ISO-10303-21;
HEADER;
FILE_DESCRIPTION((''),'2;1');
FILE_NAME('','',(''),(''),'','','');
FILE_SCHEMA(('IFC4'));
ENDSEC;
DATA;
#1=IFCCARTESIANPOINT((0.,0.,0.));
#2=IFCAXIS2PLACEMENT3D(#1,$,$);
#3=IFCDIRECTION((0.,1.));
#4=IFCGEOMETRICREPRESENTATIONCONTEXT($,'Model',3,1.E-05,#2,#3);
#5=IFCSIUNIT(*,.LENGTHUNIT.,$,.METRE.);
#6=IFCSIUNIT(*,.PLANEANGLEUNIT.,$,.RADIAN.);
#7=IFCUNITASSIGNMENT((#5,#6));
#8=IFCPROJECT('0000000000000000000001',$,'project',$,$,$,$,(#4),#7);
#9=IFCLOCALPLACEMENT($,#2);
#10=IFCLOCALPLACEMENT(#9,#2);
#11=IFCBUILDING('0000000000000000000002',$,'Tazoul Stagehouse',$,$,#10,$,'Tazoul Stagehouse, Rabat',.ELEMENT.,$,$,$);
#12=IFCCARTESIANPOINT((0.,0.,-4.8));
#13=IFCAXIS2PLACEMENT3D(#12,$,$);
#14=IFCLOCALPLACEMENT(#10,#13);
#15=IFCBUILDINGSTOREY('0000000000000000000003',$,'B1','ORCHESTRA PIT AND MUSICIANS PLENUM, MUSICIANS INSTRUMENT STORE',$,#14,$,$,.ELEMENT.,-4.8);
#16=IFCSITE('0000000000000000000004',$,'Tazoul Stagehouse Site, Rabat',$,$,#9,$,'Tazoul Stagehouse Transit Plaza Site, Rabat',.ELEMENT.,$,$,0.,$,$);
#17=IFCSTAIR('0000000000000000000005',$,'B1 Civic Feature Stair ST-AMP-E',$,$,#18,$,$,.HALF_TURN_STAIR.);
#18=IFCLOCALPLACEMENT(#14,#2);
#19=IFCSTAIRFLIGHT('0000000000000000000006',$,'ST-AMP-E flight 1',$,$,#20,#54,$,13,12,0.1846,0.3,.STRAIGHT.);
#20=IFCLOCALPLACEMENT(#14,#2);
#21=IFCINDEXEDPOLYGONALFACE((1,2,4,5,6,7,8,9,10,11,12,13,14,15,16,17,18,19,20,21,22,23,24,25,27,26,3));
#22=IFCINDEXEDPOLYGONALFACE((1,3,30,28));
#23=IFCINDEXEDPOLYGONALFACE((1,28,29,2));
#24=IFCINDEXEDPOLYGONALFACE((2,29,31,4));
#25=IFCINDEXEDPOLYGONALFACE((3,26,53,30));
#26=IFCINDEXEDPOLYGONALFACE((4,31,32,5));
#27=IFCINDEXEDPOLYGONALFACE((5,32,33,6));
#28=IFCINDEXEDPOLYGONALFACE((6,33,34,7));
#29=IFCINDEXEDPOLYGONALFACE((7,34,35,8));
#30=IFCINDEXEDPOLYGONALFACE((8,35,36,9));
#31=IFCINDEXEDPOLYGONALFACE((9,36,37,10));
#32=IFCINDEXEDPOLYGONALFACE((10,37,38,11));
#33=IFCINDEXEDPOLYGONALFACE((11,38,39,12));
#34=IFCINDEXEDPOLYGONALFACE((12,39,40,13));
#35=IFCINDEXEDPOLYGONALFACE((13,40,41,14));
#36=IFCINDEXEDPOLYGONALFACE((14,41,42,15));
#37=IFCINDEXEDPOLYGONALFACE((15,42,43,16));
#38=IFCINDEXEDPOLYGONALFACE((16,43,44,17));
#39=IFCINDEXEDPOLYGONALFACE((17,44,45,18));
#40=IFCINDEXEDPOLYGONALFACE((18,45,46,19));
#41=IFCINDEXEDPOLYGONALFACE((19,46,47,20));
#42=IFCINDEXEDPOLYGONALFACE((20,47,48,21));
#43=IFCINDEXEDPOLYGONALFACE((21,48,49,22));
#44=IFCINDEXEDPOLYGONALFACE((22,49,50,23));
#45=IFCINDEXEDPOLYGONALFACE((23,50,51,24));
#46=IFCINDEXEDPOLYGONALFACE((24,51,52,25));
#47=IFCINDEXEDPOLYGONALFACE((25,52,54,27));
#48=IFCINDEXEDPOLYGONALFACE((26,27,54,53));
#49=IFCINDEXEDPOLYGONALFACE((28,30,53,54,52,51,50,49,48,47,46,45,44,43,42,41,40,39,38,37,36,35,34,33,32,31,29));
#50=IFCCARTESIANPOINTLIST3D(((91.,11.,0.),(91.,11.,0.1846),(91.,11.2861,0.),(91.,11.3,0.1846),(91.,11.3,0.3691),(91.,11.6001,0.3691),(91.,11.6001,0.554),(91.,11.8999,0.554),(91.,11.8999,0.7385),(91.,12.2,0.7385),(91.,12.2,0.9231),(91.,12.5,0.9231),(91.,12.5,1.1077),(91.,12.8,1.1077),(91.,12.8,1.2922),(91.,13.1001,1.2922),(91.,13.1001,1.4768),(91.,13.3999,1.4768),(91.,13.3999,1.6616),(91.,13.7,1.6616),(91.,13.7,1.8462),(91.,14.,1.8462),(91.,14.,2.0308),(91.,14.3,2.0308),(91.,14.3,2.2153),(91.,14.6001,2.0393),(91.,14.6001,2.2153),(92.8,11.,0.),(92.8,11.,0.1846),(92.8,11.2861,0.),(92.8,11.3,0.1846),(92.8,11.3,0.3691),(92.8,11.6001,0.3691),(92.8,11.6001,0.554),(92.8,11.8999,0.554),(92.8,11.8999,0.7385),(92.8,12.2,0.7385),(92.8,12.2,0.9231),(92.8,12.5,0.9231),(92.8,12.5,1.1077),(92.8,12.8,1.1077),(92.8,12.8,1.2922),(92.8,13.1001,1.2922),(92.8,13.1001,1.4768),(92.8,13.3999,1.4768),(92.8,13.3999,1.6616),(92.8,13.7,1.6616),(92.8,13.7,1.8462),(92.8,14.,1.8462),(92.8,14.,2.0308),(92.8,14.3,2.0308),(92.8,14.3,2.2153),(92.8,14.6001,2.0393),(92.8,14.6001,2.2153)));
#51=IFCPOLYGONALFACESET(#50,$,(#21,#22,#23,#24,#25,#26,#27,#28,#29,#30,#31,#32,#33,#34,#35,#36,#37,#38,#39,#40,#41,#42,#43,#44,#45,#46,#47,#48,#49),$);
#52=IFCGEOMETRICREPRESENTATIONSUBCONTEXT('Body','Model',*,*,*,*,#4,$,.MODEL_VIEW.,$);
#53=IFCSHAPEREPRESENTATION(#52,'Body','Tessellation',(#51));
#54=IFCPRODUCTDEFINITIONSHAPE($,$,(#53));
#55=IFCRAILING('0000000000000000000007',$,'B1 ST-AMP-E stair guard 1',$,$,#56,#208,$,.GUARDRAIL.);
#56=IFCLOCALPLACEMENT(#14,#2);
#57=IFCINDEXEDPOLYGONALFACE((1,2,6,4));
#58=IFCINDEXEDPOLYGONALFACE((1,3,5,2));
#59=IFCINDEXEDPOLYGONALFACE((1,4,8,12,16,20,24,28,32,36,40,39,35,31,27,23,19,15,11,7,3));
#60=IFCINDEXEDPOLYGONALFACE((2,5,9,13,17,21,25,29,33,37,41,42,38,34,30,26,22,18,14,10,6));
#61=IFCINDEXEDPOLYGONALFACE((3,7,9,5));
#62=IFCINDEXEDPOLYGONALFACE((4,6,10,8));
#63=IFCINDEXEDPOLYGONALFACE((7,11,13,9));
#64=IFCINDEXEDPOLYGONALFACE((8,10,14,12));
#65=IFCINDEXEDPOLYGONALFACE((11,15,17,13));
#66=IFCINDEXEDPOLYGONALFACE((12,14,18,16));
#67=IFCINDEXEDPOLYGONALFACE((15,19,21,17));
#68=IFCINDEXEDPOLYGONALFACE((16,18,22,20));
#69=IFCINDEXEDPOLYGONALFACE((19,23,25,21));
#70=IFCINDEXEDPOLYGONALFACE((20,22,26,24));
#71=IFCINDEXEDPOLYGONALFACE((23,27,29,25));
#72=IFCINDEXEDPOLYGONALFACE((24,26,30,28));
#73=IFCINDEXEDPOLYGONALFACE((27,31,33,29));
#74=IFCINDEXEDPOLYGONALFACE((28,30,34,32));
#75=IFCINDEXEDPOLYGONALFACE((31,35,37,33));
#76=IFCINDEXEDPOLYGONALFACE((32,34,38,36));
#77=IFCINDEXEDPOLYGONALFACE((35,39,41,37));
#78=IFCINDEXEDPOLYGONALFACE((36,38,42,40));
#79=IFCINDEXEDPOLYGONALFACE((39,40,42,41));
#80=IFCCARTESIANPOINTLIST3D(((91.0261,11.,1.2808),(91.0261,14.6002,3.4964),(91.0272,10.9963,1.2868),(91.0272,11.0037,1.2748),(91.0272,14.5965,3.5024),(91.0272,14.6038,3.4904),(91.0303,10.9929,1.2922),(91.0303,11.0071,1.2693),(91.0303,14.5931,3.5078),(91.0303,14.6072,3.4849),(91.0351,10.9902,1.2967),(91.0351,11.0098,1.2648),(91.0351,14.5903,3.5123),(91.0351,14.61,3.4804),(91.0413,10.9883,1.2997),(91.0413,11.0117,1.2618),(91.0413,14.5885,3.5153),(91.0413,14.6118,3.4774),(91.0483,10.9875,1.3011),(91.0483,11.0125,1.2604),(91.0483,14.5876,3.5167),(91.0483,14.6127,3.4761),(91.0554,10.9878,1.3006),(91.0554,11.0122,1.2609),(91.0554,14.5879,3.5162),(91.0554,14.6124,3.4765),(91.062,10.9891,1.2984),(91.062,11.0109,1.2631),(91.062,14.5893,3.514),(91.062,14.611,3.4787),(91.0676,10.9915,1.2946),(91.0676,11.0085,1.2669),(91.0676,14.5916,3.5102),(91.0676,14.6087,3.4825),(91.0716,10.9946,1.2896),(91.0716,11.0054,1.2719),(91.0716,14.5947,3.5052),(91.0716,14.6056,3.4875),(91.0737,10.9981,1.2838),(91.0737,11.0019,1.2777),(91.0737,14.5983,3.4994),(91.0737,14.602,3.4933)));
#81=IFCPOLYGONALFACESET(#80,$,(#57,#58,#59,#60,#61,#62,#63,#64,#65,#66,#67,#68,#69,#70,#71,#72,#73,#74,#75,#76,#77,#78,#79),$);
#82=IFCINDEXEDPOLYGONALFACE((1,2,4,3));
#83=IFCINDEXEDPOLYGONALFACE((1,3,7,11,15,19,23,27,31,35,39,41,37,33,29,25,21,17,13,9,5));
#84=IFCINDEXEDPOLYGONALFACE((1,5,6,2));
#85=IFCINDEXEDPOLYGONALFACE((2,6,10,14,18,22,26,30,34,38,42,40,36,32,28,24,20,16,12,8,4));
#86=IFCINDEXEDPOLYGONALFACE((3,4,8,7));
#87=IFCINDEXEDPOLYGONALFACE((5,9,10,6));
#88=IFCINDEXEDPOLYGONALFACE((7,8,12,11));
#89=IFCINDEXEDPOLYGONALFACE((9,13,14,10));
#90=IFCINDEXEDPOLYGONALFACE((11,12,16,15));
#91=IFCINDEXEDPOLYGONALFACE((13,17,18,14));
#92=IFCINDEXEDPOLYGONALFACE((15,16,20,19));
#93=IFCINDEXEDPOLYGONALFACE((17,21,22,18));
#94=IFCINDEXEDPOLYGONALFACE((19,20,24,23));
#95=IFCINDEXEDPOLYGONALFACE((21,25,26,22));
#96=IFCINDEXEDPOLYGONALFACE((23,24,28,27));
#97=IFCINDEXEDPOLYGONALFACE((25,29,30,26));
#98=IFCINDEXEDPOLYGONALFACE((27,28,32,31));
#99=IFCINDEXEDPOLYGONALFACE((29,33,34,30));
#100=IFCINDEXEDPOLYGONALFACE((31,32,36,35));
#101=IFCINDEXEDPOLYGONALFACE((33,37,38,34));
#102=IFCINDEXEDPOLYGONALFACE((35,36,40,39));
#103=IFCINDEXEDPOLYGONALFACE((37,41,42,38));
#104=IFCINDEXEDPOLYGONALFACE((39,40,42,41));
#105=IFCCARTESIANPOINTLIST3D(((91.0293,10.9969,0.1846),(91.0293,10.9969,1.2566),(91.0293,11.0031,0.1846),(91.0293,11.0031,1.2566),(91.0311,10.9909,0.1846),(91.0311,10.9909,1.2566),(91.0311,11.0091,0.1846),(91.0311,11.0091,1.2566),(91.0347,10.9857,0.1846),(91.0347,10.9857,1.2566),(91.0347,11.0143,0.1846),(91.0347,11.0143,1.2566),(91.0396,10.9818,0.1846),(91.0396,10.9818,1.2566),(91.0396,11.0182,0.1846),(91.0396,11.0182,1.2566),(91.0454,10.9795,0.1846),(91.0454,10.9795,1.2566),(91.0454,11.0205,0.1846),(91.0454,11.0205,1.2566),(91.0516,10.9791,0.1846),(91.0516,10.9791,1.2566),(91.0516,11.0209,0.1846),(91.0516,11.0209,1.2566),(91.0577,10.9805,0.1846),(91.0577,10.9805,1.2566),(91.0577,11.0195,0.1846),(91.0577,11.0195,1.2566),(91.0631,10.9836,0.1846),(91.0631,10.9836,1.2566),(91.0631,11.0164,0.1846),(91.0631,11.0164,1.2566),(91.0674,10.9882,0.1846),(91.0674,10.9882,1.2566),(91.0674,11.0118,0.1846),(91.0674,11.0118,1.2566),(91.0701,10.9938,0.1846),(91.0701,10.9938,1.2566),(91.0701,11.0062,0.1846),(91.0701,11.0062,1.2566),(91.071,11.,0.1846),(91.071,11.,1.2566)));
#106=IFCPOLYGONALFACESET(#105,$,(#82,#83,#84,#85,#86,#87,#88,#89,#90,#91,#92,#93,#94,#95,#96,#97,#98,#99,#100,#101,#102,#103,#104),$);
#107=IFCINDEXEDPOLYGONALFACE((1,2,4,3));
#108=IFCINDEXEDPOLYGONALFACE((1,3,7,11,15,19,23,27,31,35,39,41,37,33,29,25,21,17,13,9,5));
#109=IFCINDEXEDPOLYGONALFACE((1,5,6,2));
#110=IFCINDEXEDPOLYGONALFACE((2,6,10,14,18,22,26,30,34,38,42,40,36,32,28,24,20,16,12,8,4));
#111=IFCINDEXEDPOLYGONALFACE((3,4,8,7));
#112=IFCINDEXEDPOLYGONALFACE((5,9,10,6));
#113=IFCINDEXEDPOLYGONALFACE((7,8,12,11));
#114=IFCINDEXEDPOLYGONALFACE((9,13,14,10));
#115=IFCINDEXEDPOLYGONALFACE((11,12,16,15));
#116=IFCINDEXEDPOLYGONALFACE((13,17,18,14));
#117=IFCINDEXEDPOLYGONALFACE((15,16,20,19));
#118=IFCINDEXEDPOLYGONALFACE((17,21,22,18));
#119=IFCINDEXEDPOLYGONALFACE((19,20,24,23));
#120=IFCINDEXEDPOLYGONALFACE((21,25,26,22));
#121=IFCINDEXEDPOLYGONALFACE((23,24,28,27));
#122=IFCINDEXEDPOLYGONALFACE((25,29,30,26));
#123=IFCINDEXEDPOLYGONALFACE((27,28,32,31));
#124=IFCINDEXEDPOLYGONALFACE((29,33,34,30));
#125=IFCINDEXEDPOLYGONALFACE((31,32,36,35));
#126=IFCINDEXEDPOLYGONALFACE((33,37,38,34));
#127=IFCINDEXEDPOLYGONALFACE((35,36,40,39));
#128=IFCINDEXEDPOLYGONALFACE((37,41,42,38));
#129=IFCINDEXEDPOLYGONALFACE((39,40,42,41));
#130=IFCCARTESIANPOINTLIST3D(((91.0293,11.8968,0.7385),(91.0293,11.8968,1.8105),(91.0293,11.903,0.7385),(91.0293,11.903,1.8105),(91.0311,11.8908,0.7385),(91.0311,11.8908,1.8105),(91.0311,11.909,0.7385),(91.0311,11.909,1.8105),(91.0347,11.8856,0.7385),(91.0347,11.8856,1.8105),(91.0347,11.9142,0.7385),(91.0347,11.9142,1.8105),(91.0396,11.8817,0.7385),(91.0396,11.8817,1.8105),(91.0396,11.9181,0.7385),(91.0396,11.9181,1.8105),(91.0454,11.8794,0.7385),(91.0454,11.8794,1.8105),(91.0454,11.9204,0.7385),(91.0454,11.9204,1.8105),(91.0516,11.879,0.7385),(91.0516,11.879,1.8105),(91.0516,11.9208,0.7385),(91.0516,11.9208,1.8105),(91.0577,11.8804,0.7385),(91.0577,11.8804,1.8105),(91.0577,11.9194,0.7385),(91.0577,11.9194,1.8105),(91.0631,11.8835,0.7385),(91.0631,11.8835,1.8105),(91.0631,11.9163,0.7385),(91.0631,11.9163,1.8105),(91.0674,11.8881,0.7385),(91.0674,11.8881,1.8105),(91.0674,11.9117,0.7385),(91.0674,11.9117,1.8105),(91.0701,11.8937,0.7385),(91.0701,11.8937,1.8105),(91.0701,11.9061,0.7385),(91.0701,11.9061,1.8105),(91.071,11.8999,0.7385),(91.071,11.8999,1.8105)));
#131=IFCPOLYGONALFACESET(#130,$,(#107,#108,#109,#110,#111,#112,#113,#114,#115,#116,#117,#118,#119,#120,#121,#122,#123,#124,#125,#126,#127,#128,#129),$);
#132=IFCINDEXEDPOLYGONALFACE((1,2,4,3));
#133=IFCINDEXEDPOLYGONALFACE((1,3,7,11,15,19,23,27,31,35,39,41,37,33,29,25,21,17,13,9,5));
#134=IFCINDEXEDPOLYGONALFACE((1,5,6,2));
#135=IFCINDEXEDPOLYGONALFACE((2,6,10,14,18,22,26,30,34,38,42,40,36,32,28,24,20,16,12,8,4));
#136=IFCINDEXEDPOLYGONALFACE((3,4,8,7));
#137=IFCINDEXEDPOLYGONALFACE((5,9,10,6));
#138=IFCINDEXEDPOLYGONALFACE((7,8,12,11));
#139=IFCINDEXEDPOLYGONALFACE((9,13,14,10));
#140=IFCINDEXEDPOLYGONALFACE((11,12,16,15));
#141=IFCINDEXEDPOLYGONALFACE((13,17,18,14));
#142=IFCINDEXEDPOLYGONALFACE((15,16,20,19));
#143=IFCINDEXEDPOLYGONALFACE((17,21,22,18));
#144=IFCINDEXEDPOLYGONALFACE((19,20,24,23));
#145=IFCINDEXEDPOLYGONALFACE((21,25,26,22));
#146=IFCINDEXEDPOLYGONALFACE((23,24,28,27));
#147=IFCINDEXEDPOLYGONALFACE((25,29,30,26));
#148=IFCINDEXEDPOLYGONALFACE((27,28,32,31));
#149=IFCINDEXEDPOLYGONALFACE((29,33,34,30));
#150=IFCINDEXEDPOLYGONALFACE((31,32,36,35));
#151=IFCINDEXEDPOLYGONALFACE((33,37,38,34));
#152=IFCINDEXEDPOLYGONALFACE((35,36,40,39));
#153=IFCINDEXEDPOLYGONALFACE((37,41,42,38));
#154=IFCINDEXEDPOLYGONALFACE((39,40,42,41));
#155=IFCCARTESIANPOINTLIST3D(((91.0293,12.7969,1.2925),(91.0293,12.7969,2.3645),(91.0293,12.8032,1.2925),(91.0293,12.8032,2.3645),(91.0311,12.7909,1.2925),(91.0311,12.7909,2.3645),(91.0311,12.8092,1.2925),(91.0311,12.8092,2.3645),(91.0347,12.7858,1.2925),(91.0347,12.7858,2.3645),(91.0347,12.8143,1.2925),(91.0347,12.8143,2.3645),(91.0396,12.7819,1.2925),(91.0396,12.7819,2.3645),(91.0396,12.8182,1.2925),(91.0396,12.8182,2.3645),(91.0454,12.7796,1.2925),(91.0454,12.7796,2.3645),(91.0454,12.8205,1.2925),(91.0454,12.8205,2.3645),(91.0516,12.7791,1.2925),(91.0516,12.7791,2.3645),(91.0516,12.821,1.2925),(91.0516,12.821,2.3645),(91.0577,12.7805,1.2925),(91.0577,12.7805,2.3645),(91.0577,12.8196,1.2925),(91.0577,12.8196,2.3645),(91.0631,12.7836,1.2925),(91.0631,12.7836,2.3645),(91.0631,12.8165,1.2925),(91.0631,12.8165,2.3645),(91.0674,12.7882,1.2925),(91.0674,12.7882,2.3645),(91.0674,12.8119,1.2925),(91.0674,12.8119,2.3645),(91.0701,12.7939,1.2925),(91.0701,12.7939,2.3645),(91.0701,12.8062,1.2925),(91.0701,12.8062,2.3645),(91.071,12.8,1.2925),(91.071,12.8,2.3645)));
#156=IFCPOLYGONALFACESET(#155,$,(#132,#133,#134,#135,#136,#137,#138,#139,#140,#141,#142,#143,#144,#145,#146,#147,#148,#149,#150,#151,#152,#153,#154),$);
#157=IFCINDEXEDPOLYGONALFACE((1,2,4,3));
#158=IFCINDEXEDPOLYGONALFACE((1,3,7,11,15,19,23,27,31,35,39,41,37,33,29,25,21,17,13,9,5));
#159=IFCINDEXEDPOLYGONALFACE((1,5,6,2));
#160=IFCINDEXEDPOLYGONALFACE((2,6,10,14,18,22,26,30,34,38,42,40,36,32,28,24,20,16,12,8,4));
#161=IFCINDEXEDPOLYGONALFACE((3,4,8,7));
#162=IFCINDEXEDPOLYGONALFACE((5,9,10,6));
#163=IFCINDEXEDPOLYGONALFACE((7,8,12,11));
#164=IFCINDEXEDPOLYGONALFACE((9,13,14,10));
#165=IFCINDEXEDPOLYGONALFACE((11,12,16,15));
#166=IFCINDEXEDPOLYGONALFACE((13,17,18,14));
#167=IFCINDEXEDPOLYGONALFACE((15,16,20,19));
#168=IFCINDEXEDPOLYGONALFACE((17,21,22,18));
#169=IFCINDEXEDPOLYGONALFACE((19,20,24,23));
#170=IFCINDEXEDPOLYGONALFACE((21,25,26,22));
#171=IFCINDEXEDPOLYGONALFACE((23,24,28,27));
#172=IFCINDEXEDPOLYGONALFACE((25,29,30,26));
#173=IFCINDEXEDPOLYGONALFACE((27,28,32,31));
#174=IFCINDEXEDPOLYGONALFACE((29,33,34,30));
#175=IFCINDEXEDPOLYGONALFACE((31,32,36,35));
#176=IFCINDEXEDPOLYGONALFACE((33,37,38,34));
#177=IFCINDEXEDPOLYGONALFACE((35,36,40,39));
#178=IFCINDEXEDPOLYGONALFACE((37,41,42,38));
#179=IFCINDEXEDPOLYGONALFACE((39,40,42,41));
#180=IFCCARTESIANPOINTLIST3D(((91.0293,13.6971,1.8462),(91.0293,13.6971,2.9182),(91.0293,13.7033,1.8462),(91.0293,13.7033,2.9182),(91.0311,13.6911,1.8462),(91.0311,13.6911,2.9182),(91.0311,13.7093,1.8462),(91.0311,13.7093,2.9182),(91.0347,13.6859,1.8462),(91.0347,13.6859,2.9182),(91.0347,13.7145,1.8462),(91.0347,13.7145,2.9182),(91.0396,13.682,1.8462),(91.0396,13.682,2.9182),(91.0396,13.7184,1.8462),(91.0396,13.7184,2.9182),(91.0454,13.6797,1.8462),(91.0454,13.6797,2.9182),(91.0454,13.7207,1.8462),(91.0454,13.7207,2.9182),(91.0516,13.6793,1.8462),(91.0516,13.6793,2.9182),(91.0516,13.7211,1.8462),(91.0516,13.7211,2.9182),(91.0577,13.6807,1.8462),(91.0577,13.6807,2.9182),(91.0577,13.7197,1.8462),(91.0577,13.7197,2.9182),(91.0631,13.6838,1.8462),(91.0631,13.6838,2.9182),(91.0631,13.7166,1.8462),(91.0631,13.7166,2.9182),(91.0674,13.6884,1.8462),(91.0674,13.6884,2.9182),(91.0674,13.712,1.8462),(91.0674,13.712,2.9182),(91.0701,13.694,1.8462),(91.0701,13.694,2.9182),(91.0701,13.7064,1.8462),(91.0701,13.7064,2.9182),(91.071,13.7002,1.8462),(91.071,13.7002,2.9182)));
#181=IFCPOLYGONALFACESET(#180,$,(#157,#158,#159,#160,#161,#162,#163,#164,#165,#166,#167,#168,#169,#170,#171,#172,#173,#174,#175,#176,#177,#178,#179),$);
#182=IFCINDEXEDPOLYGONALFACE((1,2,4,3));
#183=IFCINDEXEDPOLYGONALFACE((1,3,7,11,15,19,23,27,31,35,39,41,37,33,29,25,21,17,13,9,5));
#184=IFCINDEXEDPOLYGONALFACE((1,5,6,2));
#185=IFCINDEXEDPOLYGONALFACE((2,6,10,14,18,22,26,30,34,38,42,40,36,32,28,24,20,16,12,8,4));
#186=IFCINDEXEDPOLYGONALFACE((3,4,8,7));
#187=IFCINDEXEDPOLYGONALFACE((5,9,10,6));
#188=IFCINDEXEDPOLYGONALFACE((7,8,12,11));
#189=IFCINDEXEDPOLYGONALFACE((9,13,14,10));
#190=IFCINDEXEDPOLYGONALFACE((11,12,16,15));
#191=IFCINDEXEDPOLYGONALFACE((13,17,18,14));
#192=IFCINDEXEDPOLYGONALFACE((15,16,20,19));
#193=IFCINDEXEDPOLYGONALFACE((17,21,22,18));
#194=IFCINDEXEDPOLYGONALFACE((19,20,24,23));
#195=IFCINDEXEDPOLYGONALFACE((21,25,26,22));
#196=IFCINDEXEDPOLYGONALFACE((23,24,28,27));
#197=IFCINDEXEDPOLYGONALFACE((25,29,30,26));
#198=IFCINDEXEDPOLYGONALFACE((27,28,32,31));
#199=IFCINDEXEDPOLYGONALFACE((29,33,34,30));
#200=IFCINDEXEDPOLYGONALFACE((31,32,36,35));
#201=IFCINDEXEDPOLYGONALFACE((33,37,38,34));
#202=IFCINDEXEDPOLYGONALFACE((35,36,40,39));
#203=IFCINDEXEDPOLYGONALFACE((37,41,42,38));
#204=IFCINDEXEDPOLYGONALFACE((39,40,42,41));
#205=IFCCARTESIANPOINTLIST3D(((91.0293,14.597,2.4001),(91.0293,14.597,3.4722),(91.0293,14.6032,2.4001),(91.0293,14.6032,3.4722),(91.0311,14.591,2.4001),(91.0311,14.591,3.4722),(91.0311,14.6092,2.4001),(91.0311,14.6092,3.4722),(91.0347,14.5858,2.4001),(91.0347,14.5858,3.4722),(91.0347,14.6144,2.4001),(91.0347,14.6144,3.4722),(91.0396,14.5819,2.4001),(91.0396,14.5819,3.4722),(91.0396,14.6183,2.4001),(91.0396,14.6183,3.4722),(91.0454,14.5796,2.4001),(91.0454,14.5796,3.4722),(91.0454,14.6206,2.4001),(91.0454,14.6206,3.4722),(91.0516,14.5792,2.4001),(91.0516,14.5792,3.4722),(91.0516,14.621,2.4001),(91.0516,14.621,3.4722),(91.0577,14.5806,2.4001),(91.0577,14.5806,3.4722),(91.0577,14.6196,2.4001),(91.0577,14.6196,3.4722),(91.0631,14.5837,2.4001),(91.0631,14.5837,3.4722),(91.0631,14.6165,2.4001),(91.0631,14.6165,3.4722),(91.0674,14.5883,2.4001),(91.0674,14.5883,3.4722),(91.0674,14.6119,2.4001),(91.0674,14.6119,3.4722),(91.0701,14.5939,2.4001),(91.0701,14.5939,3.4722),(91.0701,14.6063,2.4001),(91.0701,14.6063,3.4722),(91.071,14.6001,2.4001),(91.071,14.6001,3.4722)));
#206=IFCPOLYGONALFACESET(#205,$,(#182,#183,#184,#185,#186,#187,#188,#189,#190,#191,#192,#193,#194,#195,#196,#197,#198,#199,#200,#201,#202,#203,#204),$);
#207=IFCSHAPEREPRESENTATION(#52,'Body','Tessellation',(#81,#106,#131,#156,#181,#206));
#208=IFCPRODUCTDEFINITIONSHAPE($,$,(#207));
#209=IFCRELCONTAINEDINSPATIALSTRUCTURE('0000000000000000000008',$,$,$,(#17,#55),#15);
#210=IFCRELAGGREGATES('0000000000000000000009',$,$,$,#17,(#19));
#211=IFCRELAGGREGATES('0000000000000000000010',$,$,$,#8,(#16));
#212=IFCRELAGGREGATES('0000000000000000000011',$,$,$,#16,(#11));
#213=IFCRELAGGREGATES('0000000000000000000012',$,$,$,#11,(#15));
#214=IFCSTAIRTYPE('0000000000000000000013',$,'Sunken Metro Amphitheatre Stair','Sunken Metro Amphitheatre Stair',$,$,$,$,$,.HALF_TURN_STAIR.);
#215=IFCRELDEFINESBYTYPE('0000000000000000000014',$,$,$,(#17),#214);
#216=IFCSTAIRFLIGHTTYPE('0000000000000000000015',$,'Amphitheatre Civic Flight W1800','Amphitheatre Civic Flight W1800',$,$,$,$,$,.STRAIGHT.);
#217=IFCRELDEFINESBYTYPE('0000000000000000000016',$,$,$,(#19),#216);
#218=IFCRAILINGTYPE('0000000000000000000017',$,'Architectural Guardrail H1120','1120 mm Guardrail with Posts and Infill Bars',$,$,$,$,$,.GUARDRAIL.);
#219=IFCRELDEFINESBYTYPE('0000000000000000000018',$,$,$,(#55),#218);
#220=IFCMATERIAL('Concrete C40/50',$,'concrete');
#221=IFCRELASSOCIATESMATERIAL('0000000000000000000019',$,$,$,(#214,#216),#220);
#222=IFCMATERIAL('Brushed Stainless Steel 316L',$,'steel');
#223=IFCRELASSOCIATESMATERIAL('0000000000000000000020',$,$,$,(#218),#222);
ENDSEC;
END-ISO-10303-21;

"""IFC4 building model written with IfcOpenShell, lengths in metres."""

from ifc_helpers import new_model, si_unit, direction, frame, origin, origin_2d, place, context, subcontext, project, spatial, polyline, circle, outline, extrude, material, material_profile, profile_set, type_object, element, aggregate, save


model = new_model("IFC4")

# Units and contexts
model_context = context("Model", 3, precision=1e-05, world=origin(), true_north=direction((0.0, 1.0)))
body_context = subcontext(model_context, "Body", "Model", "MODEL_VIEW")
ifc_project = project(units=[si_unit("LENGTHUNIT", "METRE"), si_unit("PLANEANGLEUNIT", "RADIAN")], contexts=[model_context])

# Site, building, storey
site_placement = place(None, origin())
site = spatial("IfcSite", under=ifc_project, at=site_placement, Name="Tazoul Stagehouse Site, Rabat", LongName="Tazoul Stagehouse Transit Plaza Site, Rabat", CompositionType="ELEMENT", RefElevation=0.0)
building_placement = place(site_placement, origin())
building = spatial("IfcBuilding", under=site, at=building_placement, Name="Tazoul Stagehouse", LongName="Tazoul Stagehouse, Rabat", CompositionType="ELEMENT")
storey_placement = place(building_placement, frame((0.0, 0.0, -4.8)))
storey = spatial("IfcBuildingStorey", under=building, at=storey_placement, Name="B1", Description="ORCHESTRA PIT AND MUSICIANS PLENUM, MUSICIANS INSTRUMENT STORE", CompositionType="ELEMENT", Elevation=-4.8)

# Shared definitions
ifc_material_1 = material(Name="Concrete C40/50", Category="concrete")

# Stair, stair flight
stair_type = type_object("IfcStairType", Name="Sunken Metro Amphitheatre Stair", Description="Sunken Metro Amphitheatre Stair", PredefinedType="HALF_TURN_STAIR", material=ifc_material_1)
stair_placement = place(storey_placement, origin())
stair = element("IfcStair", 1, at=stair_placement, inside=storey, type_object=stair_type, Name="B1 Civic Feature Stair ST-AMP-E", PredefinedType="HALF_TURN_STAIR")
stair_flight_type = type_object("IfcStairFlightType", Name="Amphitheatre Civic Flight W1800", Description="Amphitheatre Civic Flight W1800", PredefinedType="STRAIGHT", material=ifc_material_1)
stair_flight_placement = place(storey_placement, frame((91.8999, 11.0, 0.0), z_axis=(0.0, 0.0, 1.0), x_axis=(0.0, 1.0, 0.0)))
stair_flight = element("IfcStairFlight", 2, at=stair_flight_placement, type_object=stair_flight_type, Name="ST-AMP-E flight 1", NumberOfRisers=13, NumberOfTreads=12, PredefinedType="STRAIGHT", RiserHeight=0.1846, TreadLength=0.3, context=body_context, shape_type="SweptSolid", body=[
    extrude(outline(polyline([(0.0, 0.0), (0.0, 0.1846), (0.3, 0.1846), (0.3, 0.3691), (0.6001, 0.3691), (0.6001, 0.554), (0.8999, 0.554), (0.8999, 0.7385), (1.2, 0.7385), (1.2, 0.9231), (1.5, 0.9231), (1.5, 1.1077), (1.8, 1.1077), (1.8, 1.2922), (2.1001, 1.2922), (2.1001, 1.4768), (2.3999, 1.4768), (2.3999, 1.6616), (2.7, 1.6616), (2.7, 1.8462), (3.0, 1.8462), (3.0, 2.0308), (3.3, 2.0308), (3.3, 2.2153), (3.6001, 2.2153), (3.6001, 2.3999), (3.6001, 2.0393), (0.2861, 0.0), (0.0, 0.0)])), frame((0.0, 0.8999, 0.0), z_axis=(0.0, -1.0, 0.0), x_axis=(1.0, 0.0, 0.0)), (0.0, 0.0, 1.0), 1.8),
])
aggregate(stair, [stair_flight])

# Railing
ifc_material_2 = material(Name="Brushed Stainless Steel 316L", Category="steel")
ifc_material_profile_1 = material_profile(ifc_material_2, circle(Radius=0.0239, at=origin_2d()), Name="SS RAIL D48")
ifc_profile_set_1 = profile_set([ifc_material_profile_1], Name="Brushed Stainless Steel 316L")
railing_type_1 = type_object("IfcRailingType", Name="Architectural Guardrail H1120", Description="1120 mm Guardrail with Posts and Infill Bars", PredefinedType="GUARDRAIL", material=ifc_profile_set_1)
railing_1_placement = place(storey_placement, frame((91.05, 11.0, 0.1846)))
element("IfcRailing", 3, at=railing_1_placement, inside=storey, type_object=railing_type_1, Name="B1 ST-AMP-E stair guard 1", PredefinedType="GUARDRAIL", context=body_context, shape_type="SweptSolid", body=[
    extrude(circle(Radius=0.0239, at=origin_2d()), frame((0.0, 0.0, 1.0962), z_axis=(0.0, 0.851644, 0.52412), x_axis=(-1.0, 0.0, 0.0)), (0.0, 0.0, 1.0), 4.2273),
    extrude(circle(Radius=0.021, at=origin_2d()), origin(), (0.0, 0.0, 1.0), 1.072),
    extrude(circle(Radius=0.021, at=origin_2d()), frame((0.0, 0.8999, 0.554)), (0.0, 0.0, 1.0), 1.072),
    extrude(circle(Radius=0.021, at=origin_2d()), frame((0.0, 1.8, 1.1079)), (0.0, 0.0, 1.0), 1.072),
    extrude(circle(Radius=0.021, at=origin_2d()), frame((0.0, 2.7002, 1.6616)), (0.0, 0.0, 1.0), 1.072),
    extrude(circle(Radius=0.021, at=origin_2d()), frame((0.0, 3.6001, 2.2156)), (0.0, 0.0, 1.0), 1.072),
])

save(model, "model.ifc")
